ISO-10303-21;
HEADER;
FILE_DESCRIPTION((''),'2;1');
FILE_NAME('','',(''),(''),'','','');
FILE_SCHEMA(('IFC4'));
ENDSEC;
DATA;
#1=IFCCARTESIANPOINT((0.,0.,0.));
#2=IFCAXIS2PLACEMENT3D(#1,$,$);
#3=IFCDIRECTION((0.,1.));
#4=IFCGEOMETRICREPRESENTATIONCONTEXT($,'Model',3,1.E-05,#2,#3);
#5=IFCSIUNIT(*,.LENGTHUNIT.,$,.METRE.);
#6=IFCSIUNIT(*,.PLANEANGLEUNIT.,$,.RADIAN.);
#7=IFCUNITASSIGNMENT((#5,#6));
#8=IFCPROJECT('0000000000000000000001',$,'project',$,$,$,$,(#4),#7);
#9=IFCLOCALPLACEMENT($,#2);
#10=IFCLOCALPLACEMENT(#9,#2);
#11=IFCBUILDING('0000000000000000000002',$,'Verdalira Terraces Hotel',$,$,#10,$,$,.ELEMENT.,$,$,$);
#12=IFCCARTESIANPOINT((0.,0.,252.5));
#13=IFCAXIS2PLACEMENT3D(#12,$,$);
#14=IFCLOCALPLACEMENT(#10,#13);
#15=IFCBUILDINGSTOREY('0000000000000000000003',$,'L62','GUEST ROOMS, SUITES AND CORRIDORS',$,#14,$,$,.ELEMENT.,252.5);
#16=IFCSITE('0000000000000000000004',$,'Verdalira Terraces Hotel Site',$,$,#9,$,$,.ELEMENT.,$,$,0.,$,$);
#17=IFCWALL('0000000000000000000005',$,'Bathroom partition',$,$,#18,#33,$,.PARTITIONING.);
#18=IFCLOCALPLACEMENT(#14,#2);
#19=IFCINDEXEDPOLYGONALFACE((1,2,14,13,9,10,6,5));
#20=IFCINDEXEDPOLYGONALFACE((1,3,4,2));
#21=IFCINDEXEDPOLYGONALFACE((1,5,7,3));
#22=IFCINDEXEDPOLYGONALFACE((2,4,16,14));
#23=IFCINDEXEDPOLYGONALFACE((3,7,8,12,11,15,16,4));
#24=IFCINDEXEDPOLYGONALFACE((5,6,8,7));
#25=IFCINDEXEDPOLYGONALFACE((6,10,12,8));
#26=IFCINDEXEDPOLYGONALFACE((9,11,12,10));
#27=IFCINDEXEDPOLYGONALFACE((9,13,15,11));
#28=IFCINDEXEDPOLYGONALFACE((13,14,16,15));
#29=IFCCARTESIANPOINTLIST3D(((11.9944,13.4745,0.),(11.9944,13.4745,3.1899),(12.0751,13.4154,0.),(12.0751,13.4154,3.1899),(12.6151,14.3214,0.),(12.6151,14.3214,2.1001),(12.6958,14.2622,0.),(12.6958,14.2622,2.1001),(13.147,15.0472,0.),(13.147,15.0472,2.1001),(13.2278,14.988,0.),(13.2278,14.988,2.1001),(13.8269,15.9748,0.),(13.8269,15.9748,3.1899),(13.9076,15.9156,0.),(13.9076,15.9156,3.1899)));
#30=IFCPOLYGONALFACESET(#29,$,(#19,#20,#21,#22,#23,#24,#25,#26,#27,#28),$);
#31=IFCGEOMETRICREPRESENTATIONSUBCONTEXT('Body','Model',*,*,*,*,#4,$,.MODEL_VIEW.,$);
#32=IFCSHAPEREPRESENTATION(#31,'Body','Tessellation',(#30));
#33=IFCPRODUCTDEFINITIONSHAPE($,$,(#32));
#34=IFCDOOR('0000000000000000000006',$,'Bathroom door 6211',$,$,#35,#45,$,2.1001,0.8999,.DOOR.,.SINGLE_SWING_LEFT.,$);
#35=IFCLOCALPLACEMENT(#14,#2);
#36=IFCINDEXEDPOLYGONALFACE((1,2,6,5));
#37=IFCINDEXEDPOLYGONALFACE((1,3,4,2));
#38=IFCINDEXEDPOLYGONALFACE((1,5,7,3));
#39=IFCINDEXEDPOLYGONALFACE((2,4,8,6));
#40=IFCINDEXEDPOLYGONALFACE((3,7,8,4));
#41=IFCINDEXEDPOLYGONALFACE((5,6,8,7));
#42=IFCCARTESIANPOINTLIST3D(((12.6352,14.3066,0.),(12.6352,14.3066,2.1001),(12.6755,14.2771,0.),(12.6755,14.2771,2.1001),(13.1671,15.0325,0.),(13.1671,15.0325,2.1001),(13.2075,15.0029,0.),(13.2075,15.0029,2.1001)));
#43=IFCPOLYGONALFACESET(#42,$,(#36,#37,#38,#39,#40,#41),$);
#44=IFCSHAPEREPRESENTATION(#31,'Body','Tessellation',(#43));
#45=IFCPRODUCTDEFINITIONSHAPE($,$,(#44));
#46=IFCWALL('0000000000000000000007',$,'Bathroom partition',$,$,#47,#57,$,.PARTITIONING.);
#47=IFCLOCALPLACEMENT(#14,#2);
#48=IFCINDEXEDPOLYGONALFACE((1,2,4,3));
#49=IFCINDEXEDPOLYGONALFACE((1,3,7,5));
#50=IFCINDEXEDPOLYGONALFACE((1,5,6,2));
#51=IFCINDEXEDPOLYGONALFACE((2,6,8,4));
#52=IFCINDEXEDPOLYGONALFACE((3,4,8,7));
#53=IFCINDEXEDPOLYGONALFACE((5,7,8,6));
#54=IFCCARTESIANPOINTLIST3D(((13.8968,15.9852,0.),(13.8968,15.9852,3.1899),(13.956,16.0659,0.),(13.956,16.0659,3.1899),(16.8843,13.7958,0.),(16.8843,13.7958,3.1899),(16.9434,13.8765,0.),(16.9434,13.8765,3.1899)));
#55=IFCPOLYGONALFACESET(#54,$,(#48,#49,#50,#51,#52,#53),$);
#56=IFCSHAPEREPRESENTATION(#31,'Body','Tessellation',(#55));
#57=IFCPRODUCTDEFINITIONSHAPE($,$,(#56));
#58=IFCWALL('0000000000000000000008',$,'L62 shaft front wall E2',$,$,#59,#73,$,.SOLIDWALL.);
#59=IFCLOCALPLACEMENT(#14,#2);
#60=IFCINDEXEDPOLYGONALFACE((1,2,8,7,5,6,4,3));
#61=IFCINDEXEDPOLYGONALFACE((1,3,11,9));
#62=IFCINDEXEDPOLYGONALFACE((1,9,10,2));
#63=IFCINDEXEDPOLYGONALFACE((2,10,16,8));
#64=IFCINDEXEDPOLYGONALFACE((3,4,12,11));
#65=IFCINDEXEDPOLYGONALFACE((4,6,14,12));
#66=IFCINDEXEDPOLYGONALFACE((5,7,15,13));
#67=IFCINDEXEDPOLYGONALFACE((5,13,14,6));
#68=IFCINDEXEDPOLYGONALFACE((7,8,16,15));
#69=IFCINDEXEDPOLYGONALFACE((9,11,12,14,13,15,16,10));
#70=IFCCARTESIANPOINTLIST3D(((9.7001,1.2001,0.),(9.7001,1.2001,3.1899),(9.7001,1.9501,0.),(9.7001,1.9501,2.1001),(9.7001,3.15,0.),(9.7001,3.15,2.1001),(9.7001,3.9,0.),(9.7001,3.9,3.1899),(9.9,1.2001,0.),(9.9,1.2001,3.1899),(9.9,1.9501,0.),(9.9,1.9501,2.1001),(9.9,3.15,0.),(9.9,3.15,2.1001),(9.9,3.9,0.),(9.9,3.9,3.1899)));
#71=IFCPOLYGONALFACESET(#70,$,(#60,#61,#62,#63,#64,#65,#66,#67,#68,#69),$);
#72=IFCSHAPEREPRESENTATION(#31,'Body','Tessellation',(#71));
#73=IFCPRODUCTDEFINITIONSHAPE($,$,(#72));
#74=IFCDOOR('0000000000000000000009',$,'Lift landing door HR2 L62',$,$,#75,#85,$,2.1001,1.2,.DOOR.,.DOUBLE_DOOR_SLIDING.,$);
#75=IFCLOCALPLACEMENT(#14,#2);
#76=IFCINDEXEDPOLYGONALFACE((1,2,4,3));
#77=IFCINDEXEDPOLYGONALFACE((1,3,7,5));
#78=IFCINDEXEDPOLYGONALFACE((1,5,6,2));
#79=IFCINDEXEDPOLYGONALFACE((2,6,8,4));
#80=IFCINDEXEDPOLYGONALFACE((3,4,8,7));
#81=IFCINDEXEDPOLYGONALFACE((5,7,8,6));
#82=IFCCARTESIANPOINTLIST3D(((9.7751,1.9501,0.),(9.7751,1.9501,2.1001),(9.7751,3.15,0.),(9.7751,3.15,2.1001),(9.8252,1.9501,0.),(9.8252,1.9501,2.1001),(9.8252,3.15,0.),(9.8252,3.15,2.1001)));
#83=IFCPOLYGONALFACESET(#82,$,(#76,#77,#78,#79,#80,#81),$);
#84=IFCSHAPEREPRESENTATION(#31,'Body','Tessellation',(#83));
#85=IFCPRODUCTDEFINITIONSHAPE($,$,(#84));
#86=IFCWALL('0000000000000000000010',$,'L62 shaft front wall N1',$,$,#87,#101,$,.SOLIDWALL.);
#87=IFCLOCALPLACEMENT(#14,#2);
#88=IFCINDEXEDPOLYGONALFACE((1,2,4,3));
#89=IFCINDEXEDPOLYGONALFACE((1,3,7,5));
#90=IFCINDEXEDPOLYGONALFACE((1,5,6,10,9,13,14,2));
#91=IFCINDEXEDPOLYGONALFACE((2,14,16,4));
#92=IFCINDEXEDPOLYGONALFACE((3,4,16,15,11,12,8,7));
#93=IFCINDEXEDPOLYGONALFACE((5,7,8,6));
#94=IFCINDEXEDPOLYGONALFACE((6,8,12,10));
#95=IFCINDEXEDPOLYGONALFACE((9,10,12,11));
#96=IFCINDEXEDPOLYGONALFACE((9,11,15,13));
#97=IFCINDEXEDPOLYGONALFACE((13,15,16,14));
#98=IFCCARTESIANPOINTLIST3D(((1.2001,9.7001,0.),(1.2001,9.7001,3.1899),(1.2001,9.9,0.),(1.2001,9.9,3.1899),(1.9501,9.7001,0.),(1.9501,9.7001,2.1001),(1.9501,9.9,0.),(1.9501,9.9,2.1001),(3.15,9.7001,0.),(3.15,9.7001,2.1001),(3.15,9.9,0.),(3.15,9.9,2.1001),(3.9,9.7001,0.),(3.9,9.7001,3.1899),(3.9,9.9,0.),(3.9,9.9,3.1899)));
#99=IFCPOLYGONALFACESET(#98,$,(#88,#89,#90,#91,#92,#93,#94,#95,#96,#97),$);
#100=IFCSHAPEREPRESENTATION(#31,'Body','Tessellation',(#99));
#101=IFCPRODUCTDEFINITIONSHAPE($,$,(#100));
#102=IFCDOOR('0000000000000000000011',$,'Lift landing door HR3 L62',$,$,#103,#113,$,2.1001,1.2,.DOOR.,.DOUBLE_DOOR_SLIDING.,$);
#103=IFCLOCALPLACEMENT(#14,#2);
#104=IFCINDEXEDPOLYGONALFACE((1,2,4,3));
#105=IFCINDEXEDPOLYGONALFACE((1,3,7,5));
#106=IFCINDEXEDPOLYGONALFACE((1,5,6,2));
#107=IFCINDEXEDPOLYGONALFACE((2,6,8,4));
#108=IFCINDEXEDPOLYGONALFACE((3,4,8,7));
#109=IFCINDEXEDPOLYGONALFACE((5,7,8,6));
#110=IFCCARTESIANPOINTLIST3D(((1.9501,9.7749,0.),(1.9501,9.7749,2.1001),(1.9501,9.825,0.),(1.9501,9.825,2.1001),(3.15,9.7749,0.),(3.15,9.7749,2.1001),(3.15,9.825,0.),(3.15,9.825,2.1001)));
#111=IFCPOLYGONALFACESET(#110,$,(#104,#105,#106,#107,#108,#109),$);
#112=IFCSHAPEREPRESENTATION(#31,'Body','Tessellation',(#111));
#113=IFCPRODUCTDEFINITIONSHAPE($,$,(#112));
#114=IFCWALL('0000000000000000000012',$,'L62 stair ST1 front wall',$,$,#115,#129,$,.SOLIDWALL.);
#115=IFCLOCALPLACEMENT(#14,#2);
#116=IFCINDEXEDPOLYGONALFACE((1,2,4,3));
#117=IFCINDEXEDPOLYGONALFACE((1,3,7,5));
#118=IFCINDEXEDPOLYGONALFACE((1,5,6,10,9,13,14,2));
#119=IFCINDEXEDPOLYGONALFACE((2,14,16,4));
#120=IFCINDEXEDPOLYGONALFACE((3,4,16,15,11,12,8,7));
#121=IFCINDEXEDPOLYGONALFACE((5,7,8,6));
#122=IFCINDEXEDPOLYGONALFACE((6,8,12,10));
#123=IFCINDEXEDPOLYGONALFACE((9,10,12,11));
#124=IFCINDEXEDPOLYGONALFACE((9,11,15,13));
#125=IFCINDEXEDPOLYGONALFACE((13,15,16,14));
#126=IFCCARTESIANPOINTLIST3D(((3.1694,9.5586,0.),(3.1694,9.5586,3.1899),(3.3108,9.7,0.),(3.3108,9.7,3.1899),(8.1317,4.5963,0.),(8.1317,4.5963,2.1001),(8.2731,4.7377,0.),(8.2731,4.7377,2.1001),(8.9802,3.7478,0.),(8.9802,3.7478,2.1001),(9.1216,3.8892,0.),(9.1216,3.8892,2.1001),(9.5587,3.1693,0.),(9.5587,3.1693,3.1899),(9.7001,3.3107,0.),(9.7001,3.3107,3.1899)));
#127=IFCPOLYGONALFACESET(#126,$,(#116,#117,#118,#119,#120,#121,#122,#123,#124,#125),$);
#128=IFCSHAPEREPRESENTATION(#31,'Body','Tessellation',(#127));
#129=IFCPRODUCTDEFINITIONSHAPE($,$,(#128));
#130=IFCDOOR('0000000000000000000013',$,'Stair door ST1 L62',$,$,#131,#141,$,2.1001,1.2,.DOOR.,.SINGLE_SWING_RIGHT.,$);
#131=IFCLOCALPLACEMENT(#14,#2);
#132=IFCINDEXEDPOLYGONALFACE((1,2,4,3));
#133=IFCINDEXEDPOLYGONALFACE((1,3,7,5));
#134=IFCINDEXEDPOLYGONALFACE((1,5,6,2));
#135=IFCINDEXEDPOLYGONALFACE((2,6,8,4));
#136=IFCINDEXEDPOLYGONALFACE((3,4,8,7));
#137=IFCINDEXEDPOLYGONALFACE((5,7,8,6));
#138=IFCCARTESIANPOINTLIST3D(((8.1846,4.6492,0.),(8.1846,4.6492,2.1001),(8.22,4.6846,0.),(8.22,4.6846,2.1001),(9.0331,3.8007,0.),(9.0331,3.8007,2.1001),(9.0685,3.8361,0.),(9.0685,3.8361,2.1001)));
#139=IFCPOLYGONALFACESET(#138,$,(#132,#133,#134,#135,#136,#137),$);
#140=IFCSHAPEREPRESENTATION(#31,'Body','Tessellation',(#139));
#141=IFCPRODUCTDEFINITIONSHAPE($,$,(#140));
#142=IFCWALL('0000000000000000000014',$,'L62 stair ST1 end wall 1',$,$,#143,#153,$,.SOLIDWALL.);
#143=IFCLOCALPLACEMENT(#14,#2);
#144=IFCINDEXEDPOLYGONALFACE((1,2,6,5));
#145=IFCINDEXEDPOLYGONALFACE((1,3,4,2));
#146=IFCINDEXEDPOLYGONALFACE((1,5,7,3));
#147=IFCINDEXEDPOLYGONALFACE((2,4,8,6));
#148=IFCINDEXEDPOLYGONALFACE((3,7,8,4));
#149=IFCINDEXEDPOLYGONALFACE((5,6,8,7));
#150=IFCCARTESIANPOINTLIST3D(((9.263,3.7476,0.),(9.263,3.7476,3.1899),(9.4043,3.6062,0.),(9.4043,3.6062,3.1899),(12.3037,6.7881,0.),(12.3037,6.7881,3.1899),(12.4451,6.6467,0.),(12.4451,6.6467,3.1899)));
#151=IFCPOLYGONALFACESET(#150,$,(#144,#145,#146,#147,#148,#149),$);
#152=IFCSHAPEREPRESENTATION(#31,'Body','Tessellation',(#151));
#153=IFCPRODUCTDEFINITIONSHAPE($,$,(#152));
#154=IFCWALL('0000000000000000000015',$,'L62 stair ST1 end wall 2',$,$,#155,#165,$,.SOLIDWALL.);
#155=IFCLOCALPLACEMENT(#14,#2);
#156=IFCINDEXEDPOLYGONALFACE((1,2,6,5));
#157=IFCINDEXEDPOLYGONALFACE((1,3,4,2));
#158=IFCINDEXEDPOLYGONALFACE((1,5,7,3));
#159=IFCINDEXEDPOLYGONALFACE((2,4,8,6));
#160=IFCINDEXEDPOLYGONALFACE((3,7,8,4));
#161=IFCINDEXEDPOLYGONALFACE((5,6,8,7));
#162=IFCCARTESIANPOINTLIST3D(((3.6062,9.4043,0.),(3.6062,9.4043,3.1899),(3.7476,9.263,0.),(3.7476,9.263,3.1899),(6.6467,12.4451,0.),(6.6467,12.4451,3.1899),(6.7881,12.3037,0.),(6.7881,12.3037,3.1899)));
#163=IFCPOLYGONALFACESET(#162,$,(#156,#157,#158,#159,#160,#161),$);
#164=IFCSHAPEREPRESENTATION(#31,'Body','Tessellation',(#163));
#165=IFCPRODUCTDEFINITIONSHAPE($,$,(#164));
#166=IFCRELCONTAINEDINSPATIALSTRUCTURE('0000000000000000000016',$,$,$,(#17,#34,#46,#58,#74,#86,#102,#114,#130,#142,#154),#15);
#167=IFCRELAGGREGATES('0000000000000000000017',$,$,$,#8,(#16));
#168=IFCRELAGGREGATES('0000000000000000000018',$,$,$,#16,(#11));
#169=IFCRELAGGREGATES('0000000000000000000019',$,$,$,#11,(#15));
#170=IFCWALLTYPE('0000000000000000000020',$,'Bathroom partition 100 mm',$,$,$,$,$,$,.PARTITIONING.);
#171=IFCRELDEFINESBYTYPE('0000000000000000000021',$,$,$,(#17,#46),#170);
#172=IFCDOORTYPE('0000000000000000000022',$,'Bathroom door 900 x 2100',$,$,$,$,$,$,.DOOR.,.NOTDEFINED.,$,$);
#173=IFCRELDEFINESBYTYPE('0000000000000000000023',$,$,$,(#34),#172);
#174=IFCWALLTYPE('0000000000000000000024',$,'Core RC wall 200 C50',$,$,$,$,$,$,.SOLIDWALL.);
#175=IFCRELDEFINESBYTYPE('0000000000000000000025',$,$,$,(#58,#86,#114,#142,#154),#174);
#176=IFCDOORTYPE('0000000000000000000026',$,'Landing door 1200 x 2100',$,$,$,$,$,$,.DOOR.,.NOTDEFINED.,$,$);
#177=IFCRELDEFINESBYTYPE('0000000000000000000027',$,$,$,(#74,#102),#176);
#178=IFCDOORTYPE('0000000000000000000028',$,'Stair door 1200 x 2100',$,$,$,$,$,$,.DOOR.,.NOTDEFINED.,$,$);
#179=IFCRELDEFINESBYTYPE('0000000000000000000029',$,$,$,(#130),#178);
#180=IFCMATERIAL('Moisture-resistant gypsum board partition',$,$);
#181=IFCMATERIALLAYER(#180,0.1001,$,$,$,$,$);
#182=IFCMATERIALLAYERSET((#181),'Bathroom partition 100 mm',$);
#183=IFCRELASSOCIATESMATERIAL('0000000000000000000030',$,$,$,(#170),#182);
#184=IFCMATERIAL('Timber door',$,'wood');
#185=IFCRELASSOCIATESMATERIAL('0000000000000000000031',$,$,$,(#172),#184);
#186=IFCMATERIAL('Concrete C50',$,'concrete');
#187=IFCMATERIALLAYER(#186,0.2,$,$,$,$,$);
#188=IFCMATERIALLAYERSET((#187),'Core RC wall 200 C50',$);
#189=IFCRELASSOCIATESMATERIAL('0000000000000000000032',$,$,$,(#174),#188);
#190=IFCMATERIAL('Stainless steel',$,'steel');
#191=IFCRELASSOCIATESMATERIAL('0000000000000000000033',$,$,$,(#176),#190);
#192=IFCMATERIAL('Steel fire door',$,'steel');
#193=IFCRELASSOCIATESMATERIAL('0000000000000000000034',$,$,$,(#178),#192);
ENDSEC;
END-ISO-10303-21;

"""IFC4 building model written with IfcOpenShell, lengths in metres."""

from ifc_helpers import new_model, si_unit, direction, frame, frame_2d, origin, place, context, subcontext, project, spatial, rectangle, extrude, material, layer, layer_set, type_object, element, fill, save


model = new_model("IFC4")

# Units and contexts
model_context = context("Model", 3, precision=1e-05, world=origin(), true_north=direction((0.0, 1.0)))
body_context = subcontext(model_context, "Body", "Model", "MODEL_VIEW")
ifc_project = project(units=[si_unit("LENGTHUNIT", "METRE"), si_unit("PLANEANGLEUNIT", "RADIAN")], contexts=[model_context])

# Site, building, storey
site_placement = place(None, origin())
site = spatial("IfcSite", under=ifc_project, at=site_placement, Name="Verdalira Terraces Hotel Site", CompositionType="ELEMENT", RefElevation=0.0)
building_placement = place(site_placement, origin())
building = spatial("IfcBuilding", under=site, at=building_placement, Name="Verdalira Terraces Hotel", CompositionType="ELEMENT")
storey_placement = place(building_placement, frame((0.0, 0.0, 252.5)))
storey = spatial("IfcBuildingStorey", under=building, at=storey_placement, Name="L62", Description="GUEST ROOMS, SUITES AND CORRIDORS", CompositionType="ELEMENT", Elevation=252.5)

# Wall, opening, door
ifc_material_1 = material(Name="Moisture-resistant gypsum board partition")
ifc_layer_1 = layer(ifc_material_1, 0.1001)
ifc_layer_set_1 = layer_set([ifc_layer_1], Name="Bathroom partition 100 mm")
wall_type_1 = type_object("IfcWallType", Name="Bathroom partition 100 mm", PredefinedType="PARTITIONING", material=ifc_layer_set_1)
wall_1_placement = place(storey_placement, frame((13.8672, 15.9451, 0.0), z_axis=(0.0, 0.0, 1.0), x_axis=(-0.591155, -0.806558, 0.0)))
wall_1 = element("IfcWall", 1, at=wall_1_placement, inside=storey, type_object=wall_type_1, Name="Bathroom partition", PredefinedType="PARTITIONING", context=body_context, shape_type="SweptSolid", body=[
    extrude(rectangle(XDim=3.0999, YDim=0.1001, at=frame_2d((1.5498, 0.0))), origin(), (0.0, 0.0, 1.0), 3.1899),
])
opening_1_placement = place(wall_1_placement, frame((1.1499, 0.0, 0.0)))
opening_1 = element("IfcOpeningElement", 2, at=opening_1_placement, cuts=wall_1, PredefinedType="OPENING", context=body_context, shape_type="SweptSolid", body=[
    extrude(rectangle(XDim=0.8999, YDim=2.1001, at=frame_2d((0.45, 1.05))), frame((0.0, 0.0601, 0.0), z_axis=(0.0, -1.0, 0.0), x_axis=(1.0, 0.0, 0.0)), (0.0, 0.0, 1.0), 0.1201),
])
ifc_material_2 = material(Name="Timber door", Category="wood")
door_type_1 = type_object("IfcDoorType", Name="Bathroom door 900 x 2100", OperationType="NOTDEFINED", PredefinedType="DOOR", material=ifc_material_2)
door_1_placement = place(opening_1_placement, origin())
door_1 = element("IfcDoor", 3, at=door_1_placement, inside=storey, type_object=door_type_1, Name="Bathroom door 6211", OperationType="SINGLE_SWING_LEFT", OverallHeight=2.1001, OverallWidth=0.8999, PredefinedType="DOOR", context=body_context, shape_type="SweptSolid", body=[
    extrude(rectangle(XDim=0.8999, YDim=2.1001, at=frame_2d((0.45, 1.05))), frame((0.0, 0.0249, 0.0), z_axis=(0.0, -1.0, 0.0), x_axis=(1.0, 0.0, 0.0)), (0.0, 0.0, 1.0), 0.05),
])
fill(opening_1, door_1)

# Wall
wall_2_placement = place(storey_placement, frame((13.9263, 16.0256, 0.0), z_axis=(0.0, 0.0, 1.0), x_axis=(0.806587, -0.591115, 0.0)))
element("IfcWall", 4, at=wall_2_placement, inside=storey, type_object=wall_type_1, Name="Bathroom partition", PredefinedType="PARTITIONING", context=body_context, shape_type="SweptSolid", body=[
    extrude(rectangle(XDim=3.7039, YDim=0.1001, at=frame_2d((1.8521, 0.0))), origin(), (0.0, 0.0, 1.0), 3.1899),
])

# Walls, openings, doors
ifc_material_3 = material(Name="Concrete C50", Category="concrete")
ifc_layer_2 = layer(ifc_material_3, 0.2)
ifc_layer_set_2 = layer_set([ifc_layer_2], Name="Core RC wall 200 C50")
wall_type_2 = type_object("IfcWallType", Name="Core RC wall 200 C50", PredefinedType="SOLIDWALL", material=ifc_layer_set_2)
wall_3_placement = place(storey_placement, frame((9.8, 1.2, 0.0), z_axis=(0.0, 0.0, 1.0), x_axis=(0.0, 1.0, 0.0)))
wall_3 = element("IfcWall", 5, at=wall_3_placement, inside=storey, type_object=wall_type_2, Name="L62 shaft front wall E2", PredefinedType="SOLIDWALL", context=body_context, shape_type="SweptSolid", body=[
    extrude(rectangle(XDim=2.7, YDim=0.2, at=frame_2d((1.3501, 0.0))), origin(), (0.0, 0.0, 1.0), 3.1899),
])
opening_2_placement = place(wall_3_placement, frame((0.75, 0.0, 0.0)))
opening_2 = element("IfcOpeningElement", 6, at=opening_2_placement, cuts=wall_3, PredefinedType="OPENING", context=body_context, shape_type="SweptSolid", body=[
    extrude(rectangle(XDim=1.2, YDim=2.1001, at=frame_2d((0.6001, 1.05))), frame((0.0, 0.1099, 0.0), z_axis=(0.0, -1.0, 0.0), x_axis=(1.0, 0.0, 0.0)), (0.0, 0.0, 1.0), 0.22),
])
ifc_material_4 = material(Name="Stainless steel", Category="steel")
door_type_2 = type_object("IfcDoorType", Name="Landing door 1200 x 2100", OperationType="NOTDEFINED", PredefinedType="DOOR", material=ifc_material_4)
door_2_placement = place(opening_2_placement, origin())
door_2 = element("IfcDoor", 7, at=door_2_placement, inside=storey, type_object=door_type_2, Name="Lift landing door HR2 L62", OperationType="DOUBLE_DOOR_SLIDING", OverallHeight=2.1001, OverallWidth=1.2, PredefinedType="DOOR", context=body_context, shape_type="SweptSolid", body=[
    extrude(rectangle(XDim=1.2, YDim=2.1001, at=frame_2d((0.6001, 1.05))), frame((0.0, 0.0249, 0.0), z_axis=(0.0, -1.0, 0.0), x_axis=(1.0, 0.0, 0.0)), (0.0, 0.0, 1.0), 0.05),
])
fill(opening_2, door_2)
wall_4_placement = place(storey_placement, frame((1.2, 9.8, 0.0), z_axis=(0.0, 0.0, 1.0), x_axis=(1.0, 0.0, 0.0)))
wall_4 = element("IfcWall", 8, at=wall_4_placement, inside=storey, type_object=wall_type_2, Name="L62 shaft front wall N1", PredefinedType="SOLIDWALL", context=body_context, shape_type="SweptSolid", body=[
    extrude(rectangle(XDim=2.7, YDim=0.2, at=frame_2d((1.3501, 0.0))), origin(), (0.0, 0.0, 1.0), 3.1899),
])
opening_3_placement = place(wall_4_placement, frame((0.75, 0.0, 0.0)))
opening_3 = element("IfcOpeningElement", 9, at=opening_3_placement, cuts=wall_4, PredefinedType="OPENING", context=body_context, shape_type="SweptSolid", body=[
    extrude(rectangle(XDim=1.2, YDim=2.1001, at=frame_2d((0.6001, 1.05))), frame((0.0, 0.1099, 0.0), z_axis=(0.0, -1.0, 0.0), x_axis=(1.0, 0.0, 0.0)), (0.0, 0.0, 1.0), 0.22),
])
door_3_placement = place(opening_3_placement, origin())
door_3 = element("IfcDoor", 10, at=door_3_placement, inside=storey, type_object=door_type_2, Name="Lift landing door HR3 L62", OperationType="DOUBLE_DOOR_SLIDING", OverallHeight=2.1001, OverallWidth=1.2, PredefinedType="DOOR", context=body_context, shape_type="SweptSolid", body=[
    extrude(rectangle(XDim=1.2, YDim=2.1001, at=frame_2d((0.6001, 1.05))), frame((0.0, 0.0249, 0.0), z_axis=(0.0, -1.0, 0.0), x_axis=(1.0, 0.0, 0.0)), (0.0, 0.0, 1.0), 0.05),
])
fill(opening_3, door_3)
wall_5_placement = place(storey_placement, frame((3.24, 9.6294, 0.0), z_axis=(0.0, 0.0, 1.0), x_axis=(0.707107, -0.707107, 0.0)))
wall_5 = element("IfcWall", 11, at=wall_5_placement, inside=storey, type_object=wall_type_2, Name="L62 stair ST1 front wall", PredefinedType="SOLIDWALL", context=body_context, shape_type="SweptSolid", body=[
    extrude(rectangle(XDim=9.0359, YDim=0.2, at=frame_2d((4.5181, 0.0))), origin(), (0.0, 0.0, 1.0), 3.1899),
])
opening_4_placement = place(wall_5_placement, frame((7.0178, 0.0, 0.0)))
opening_4 = element("IfcOpeningElement", 12, at=opening_4_placement, cuts=wall_5, PredefinedType="OPENING", context=body_context, shape_type="SweptSolid", body=[
    extrude(rectangle(XDim=1.2, YDim=2.1001, at=frame_2d((0.6001, 1.05))), frame((0.0, 0.1099, 0.0), z_axis=(0.0, -1.0, 0.0), x_axis=(1.0, 0.0, 0.0)), (0.0, 0.0, 1.0), 0.22),
])
ifc_material_5 = material(Name="Steel fire door", Category="steel")
door_type_3 = type_object("IfcDoorType", Name="Stair door 1200 x 2100", OperationType="NOTDEFINED", PredefinedType="DOOR", material=ifc_material_5)
door_4_placement = place(opening_4_placement, origin())
door_4 = element("IfcDoor", 13, at=door_4_placement, inside=storey, type_object=door_type_3, Name="Stair door ST1 L62", OperationType="SINGLE_SWING_RIGHT", OverallHeight=2.1001, OverallWidth=1.2, PredefinedType="DOOR", context=body_context, shape_type="SweptSolid", body=[
    extrude(rectangle(XDim=1.2, YDim=2.1001, at=frame_2d((0.6001, 1.05))), frame((0.0, 0.0249, 0.0), z_axis=(0.0, -1.0, 0.0), x_axis=(1.0, 0.0, 0.0)), (0.0, 0.0, 1.0), 0.05),
])
fill(opening_4, door_4)

# Walls
for number, where, z_axis, x_axis, name in (
    (14, (9.3337, 3.677, 0.0), (0.0, 0.0, 1.0), (0.707135, 0.707078, 0.0), "L62 stair ST1 end wall 1"),
    (15, (3.677, 9.3337, 0.0), (0.0, 0.0, 1.0), (0.707078, 0.707135, 0.0), "L62 stair ST1 end wall 2"),
):
    element("IfcWall", number, at=place(storey_placement, frame(where, z_axis=z_axis, x_axis=x_axis)), inside=storey, type_object=wall_type_2, Name=name, PredefinedType="SOLIDWALL", context=body_context, shape_type="SweptSolid", body=[
        extrude(rectangle(XDim=4.3, YDim=0.2, at=frame_2d((2.1499, 0.0))), origin(), (0.0, 0.0, 1.0), 3.1899),
    ])

save(model, "model.ifc")
